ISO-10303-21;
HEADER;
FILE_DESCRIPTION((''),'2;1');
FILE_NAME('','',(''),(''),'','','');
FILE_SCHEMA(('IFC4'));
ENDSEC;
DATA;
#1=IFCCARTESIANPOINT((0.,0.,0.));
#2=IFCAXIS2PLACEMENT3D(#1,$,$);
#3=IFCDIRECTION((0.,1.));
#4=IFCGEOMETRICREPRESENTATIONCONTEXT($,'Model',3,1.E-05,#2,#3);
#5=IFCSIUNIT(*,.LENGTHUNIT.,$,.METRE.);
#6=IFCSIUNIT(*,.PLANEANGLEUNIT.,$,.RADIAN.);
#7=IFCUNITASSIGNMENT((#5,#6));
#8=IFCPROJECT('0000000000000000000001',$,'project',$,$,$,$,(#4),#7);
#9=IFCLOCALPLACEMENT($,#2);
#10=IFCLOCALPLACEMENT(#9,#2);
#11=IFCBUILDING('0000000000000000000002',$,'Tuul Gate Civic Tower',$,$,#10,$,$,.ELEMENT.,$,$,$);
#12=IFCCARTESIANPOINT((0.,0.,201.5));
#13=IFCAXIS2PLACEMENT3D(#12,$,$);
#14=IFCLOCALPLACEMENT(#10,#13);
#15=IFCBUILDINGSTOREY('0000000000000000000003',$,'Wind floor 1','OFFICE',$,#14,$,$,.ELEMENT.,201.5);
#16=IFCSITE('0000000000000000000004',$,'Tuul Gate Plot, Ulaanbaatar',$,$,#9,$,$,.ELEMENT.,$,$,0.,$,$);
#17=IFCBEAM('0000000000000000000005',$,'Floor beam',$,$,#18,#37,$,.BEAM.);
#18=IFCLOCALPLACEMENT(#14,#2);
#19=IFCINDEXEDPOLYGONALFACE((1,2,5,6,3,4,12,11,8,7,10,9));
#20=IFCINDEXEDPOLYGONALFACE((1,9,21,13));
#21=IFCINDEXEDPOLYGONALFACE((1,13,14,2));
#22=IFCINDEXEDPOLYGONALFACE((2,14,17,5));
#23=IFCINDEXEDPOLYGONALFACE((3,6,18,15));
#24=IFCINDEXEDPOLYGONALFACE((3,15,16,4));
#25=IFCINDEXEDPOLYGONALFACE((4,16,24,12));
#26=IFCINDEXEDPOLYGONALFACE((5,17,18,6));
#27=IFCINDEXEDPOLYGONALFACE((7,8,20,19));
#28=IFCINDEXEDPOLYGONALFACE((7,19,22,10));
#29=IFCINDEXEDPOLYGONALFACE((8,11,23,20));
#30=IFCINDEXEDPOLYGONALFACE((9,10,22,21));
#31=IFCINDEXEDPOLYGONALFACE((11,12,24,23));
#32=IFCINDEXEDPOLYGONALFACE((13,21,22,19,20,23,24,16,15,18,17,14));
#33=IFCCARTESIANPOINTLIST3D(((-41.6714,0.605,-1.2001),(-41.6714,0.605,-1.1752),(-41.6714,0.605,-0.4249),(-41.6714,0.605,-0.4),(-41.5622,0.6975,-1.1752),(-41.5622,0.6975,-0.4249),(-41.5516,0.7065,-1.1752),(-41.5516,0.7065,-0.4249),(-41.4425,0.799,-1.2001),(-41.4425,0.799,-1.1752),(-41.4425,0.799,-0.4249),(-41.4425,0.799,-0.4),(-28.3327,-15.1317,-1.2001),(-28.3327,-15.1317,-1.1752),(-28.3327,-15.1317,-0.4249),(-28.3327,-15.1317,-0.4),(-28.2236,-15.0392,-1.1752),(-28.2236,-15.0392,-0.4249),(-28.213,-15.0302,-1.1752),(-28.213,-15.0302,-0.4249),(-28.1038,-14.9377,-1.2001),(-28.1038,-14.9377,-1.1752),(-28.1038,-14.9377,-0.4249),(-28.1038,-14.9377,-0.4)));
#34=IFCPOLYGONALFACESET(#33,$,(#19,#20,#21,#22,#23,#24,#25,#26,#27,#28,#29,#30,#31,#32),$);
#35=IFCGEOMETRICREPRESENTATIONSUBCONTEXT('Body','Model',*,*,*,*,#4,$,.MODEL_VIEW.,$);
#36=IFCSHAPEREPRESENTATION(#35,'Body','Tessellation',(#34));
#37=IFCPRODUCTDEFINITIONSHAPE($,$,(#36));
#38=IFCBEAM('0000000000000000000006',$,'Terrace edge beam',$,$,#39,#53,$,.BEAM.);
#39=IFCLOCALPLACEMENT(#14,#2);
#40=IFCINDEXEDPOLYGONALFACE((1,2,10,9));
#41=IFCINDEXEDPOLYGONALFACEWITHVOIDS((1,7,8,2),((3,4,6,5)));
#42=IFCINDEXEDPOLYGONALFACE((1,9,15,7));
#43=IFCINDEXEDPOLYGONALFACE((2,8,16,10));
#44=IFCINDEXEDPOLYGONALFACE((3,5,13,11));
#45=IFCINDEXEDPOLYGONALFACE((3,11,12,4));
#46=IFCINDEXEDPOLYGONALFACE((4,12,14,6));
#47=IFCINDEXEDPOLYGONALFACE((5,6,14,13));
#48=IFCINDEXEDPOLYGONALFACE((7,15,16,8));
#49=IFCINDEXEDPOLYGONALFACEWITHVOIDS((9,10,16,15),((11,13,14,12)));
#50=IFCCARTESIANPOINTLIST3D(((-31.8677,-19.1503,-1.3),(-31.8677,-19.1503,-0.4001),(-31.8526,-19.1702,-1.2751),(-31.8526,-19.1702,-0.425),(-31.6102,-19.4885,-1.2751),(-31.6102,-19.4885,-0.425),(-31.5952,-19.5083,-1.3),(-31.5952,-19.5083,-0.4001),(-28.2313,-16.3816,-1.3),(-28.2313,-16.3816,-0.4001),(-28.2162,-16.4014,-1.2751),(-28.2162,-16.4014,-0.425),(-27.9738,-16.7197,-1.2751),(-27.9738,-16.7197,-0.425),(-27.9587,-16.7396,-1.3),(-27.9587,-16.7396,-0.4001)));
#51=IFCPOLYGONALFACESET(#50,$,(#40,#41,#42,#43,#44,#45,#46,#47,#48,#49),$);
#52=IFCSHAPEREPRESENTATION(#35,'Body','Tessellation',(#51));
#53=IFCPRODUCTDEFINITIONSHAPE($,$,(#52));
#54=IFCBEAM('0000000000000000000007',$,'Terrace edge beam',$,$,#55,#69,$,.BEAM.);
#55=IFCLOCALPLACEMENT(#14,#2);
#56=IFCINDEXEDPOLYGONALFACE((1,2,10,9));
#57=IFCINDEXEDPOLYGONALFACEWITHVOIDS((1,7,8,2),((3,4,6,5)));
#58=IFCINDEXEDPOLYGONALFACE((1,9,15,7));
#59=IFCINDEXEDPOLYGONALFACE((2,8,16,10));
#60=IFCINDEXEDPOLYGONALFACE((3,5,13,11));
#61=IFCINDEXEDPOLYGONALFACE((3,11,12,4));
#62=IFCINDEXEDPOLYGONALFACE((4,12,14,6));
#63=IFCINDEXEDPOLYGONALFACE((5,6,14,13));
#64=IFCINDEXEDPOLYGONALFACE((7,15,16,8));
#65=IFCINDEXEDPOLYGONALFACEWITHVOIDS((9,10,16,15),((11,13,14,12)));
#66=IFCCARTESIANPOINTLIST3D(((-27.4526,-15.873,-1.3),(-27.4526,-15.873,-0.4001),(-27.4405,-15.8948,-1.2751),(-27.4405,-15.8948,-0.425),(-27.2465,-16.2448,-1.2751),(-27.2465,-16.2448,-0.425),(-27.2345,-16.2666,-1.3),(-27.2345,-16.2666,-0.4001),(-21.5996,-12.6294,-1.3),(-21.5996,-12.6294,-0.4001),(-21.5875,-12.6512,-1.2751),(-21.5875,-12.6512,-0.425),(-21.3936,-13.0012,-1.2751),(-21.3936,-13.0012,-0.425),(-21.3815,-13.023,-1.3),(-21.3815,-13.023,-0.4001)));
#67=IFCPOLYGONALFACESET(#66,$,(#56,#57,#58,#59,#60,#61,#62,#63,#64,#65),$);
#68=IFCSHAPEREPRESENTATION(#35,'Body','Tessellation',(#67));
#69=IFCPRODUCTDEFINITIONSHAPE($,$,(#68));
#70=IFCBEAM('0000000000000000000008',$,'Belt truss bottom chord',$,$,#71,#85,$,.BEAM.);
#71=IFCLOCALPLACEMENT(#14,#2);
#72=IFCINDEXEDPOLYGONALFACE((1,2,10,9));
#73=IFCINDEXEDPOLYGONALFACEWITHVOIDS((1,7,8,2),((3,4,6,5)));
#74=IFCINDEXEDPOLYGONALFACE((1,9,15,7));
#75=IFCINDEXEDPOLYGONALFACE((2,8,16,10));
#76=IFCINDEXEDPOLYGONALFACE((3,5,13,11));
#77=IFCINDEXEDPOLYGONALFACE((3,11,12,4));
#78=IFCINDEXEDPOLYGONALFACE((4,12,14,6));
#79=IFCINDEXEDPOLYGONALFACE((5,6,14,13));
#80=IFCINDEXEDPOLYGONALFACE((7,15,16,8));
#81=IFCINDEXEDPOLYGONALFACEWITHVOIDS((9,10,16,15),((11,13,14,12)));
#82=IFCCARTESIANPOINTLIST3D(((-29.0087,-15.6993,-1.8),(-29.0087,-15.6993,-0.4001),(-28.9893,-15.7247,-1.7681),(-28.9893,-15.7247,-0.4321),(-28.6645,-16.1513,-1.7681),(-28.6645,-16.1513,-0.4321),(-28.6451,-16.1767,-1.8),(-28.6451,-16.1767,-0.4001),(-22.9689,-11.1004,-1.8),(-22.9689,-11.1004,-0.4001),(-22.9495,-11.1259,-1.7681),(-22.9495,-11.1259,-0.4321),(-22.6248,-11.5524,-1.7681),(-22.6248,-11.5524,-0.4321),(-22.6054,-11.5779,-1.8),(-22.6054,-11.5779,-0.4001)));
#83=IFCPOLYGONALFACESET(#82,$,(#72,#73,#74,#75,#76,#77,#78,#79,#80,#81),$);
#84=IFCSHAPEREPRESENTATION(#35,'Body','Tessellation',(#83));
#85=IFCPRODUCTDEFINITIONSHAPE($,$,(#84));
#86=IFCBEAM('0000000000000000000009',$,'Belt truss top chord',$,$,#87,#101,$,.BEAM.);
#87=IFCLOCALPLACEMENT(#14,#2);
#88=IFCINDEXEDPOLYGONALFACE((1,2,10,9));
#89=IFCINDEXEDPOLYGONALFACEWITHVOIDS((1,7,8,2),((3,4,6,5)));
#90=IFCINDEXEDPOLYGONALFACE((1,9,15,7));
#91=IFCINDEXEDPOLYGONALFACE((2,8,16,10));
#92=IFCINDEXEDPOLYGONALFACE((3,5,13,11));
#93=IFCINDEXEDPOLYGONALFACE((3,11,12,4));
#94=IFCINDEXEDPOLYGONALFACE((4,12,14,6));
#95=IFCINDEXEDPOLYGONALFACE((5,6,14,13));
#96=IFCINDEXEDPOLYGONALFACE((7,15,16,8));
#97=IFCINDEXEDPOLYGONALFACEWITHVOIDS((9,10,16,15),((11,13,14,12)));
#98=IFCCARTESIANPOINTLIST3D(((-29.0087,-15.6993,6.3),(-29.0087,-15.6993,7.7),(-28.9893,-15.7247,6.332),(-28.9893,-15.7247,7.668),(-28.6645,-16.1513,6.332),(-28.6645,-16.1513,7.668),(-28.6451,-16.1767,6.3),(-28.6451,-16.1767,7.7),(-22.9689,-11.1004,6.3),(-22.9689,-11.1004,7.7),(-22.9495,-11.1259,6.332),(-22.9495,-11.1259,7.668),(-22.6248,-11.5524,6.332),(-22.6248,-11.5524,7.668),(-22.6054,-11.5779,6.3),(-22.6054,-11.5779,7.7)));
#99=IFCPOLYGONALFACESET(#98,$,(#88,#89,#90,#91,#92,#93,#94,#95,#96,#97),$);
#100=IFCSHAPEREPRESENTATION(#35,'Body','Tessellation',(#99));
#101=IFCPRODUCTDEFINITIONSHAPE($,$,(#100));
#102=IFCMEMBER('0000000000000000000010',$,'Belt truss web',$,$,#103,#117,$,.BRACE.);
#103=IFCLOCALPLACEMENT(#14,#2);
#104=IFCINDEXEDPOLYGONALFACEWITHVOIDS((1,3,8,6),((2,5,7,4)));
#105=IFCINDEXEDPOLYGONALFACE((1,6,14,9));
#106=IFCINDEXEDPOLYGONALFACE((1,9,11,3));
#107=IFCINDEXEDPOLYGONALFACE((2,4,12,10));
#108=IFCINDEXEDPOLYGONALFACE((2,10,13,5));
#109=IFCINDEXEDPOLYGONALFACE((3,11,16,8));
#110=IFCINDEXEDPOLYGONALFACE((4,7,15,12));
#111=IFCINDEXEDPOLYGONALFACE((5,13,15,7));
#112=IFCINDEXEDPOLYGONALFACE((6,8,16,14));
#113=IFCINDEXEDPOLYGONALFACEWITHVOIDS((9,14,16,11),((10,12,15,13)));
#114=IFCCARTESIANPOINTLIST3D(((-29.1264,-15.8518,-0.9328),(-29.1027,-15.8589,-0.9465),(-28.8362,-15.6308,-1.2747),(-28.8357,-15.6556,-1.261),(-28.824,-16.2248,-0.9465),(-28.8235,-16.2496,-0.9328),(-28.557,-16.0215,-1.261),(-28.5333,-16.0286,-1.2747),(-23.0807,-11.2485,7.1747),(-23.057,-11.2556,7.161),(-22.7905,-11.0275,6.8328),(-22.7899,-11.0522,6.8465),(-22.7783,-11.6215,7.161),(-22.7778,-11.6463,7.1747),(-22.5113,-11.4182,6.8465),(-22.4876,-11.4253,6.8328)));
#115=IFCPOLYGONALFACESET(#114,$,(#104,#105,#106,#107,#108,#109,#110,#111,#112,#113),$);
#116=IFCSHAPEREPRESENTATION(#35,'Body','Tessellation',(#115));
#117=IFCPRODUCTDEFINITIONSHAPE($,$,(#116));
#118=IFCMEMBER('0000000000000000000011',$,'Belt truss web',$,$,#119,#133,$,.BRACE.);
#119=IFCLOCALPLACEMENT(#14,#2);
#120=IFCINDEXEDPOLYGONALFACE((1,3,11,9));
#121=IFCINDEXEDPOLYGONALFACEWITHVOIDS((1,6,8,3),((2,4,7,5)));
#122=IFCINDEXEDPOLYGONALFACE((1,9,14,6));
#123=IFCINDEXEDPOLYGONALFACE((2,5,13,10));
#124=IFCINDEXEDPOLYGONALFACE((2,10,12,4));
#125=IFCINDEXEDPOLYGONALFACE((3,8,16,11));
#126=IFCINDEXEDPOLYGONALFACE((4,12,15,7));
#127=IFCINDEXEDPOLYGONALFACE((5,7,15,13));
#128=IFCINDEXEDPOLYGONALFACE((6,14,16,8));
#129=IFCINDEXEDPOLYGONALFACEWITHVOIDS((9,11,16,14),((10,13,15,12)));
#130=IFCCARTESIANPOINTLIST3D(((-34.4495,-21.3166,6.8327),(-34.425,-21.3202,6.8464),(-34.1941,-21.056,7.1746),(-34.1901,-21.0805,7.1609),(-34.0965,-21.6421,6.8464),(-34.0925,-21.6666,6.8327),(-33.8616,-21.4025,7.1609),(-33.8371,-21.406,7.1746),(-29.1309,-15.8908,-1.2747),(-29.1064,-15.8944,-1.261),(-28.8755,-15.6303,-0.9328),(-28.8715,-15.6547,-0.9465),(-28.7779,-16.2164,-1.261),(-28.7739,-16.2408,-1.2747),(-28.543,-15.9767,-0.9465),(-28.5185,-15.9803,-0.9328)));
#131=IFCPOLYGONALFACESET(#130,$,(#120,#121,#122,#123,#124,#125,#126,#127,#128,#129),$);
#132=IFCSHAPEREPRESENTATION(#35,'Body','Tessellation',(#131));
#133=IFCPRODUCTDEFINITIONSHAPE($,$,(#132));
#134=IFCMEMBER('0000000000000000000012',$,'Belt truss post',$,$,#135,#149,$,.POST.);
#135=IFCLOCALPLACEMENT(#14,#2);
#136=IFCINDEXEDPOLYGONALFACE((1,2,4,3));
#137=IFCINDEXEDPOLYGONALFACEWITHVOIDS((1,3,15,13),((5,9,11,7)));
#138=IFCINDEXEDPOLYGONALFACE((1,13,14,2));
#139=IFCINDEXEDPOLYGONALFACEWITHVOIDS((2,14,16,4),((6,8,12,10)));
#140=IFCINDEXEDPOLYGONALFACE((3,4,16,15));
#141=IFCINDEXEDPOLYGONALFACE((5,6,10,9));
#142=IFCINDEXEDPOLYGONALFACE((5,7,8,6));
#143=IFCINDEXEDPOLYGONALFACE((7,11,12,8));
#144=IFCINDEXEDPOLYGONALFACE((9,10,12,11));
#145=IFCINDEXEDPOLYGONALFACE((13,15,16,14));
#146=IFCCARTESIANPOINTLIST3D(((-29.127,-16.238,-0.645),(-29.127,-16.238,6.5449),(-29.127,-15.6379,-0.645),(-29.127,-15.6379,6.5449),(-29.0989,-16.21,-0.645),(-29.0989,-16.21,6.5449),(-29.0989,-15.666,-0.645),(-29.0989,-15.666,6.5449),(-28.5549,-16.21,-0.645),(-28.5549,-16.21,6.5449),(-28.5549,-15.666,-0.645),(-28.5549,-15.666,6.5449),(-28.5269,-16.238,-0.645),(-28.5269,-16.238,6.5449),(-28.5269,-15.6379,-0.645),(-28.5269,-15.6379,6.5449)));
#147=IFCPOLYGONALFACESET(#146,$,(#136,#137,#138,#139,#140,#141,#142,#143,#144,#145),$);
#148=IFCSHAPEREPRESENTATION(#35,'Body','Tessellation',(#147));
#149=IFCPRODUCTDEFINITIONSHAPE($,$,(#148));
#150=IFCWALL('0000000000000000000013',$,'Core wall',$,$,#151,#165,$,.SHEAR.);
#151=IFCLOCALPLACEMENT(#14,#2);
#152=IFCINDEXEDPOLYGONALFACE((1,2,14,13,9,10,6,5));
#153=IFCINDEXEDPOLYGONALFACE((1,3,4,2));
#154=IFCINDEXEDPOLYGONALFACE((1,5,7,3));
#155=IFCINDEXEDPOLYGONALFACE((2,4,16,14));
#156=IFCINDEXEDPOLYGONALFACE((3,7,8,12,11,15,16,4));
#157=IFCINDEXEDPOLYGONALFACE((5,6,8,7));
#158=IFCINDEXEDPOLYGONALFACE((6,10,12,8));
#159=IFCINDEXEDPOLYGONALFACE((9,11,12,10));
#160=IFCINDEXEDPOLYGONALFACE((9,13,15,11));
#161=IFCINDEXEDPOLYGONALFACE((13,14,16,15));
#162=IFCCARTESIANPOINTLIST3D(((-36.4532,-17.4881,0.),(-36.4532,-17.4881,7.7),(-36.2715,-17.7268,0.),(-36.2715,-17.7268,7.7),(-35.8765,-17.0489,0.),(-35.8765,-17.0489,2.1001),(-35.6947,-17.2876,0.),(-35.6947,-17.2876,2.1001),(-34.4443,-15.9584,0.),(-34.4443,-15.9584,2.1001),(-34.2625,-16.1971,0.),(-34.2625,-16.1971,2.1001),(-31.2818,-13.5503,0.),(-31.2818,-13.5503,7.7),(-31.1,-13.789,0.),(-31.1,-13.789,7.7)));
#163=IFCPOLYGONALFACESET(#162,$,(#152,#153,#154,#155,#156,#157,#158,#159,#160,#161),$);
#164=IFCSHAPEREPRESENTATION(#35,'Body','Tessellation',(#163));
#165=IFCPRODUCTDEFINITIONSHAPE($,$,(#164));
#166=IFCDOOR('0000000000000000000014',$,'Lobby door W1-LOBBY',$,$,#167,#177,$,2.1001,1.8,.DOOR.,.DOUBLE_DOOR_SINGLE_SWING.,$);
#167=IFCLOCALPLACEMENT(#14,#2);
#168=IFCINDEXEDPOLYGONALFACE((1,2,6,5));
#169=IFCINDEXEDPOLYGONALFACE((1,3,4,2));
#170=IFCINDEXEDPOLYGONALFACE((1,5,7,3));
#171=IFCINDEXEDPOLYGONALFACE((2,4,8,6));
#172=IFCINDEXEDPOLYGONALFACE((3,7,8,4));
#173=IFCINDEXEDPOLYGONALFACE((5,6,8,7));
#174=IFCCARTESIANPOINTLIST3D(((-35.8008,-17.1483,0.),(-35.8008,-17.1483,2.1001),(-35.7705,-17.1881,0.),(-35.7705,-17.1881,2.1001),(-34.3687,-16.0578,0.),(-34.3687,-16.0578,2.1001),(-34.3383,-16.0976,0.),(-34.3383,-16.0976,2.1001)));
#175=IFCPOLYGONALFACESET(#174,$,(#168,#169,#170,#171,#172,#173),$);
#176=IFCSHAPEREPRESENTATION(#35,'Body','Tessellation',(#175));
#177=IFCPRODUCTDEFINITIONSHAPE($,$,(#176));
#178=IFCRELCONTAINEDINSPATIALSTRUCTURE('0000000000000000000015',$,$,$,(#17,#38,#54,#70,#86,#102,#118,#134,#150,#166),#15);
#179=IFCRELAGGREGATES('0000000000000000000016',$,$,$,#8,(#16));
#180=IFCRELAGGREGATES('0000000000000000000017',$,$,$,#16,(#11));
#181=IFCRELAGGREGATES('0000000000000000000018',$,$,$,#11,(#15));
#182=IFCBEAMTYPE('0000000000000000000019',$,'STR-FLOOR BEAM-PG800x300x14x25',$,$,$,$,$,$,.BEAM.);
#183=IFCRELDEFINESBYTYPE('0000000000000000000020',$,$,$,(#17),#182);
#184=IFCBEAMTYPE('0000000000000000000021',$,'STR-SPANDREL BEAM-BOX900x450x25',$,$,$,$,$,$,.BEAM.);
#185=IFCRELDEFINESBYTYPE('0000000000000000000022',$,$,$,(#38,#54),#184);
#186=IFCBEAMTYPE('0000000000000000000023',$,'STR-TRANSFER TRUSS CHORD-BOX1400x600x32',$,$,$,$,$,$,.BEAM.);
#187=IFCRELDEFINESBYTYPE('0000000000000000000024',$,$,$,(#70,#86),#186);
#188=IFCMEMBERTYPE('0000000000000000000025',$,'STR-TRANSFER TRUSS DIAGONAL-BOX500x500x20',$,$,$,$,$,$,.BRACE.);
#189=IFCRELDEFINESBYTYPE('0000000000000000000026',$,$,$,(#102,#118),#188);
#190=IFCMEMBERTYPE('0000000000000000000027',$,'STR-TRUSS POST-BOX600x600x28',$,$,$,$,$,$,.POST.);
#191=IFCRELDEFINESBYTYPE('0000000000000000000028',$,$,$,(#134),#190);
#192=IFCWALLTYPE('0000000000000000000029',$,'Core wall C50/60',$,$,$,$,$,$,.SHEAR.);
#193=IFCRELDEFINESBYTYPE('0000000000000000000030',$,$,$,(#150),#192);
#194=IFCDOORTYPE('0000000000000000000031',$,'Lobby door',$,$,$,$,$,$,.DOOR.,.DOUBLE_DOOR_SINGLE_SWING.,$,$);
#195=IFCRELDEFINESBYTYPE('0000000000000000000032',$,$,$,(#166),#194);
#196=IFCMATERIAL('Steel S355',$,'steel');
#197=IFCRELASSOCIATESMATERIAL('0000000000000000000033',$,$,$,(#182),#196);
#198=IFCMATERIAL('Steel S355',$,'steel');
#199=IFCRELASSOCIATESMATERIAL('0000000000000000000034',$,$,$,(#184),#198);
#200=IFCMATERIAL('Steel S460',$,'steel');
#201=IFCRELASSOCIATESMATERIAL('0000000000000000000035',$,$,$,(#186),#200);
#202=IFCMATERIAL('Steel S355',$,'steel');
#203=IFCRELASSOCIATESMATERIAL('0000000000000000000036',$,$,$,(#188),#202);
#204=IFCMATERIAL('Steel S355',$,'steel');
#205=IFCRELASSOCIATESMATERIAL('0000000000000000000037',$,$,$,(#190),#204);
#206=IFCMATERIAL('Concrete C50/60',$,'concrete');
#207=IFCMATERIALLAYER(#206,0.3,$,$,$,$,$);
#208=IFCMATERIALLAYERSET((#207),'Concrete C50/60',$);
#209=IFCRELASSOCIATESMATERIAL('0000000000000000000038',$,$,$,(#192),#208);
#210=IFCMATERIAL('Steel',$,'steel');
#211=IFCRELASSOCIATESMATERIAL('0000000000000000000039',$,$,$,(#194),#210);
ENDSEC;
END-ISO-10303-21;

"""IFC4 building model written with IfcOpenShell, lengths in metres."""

from ifc_helpers import new_model, si_unit, direction, frame, frame_2d, origin, origin_2d, place, context, subcontext, project, spatial, rectangle, hollow_rectangle, i_section, extrude, material, layer, layer_set, material_profile, profile_set, type_object, element, fill, save


model = new_model("IFC4")

# Units and contexts
model_context = context("Model", 3, precision=1e-05, world=origin(), true_north=direction((0.0, 1.0)))
body_context = subcontext(model_context, "Body", "Model", "MODEL_VIEW")
ifc_project = project(units=[si_unit("LENGTHUNIT", "METRE"), si_unit("PLANEANGLEUNIT", "RADIAN")], contexts=[model_context])

# Site, building, storey
site_placement = place(None, origin())
site = spatial("IfcSite", under=ifc_project, at=site_placement, Name="Tuul Gate Plot, Ulaanbaatar", CompositionType="ELEMENT", RefElevation=0.0)
building_placement = place(site_placement, origin())
building = spatial("IfcBuilding", under=site, at=building_placement, Name="Tuul Gate Civic Tower", CompositionType="ELEMENT")
storey_placement = place(building_placement, frame((0.0, 0.0, 201.5)))
storey = spatial("IfcBuildingStorey", under=building, at=storey_placement, Name="Wind floor 1", Description="OFFICE", CompositionType="ELEMENT", Elevation=201.5)

# Beams
ifc_material_1 = material(Name="Steel S355", Category="steel")
ifc_material_profile_1 = material_profile(ifc_material_1, i_section(OverallWidth=0.3, OverallDepth=0.8, WebThickness=0.0139, FlangeThickness=0.0249, at=origin_2d()), Name="PG800x300x14x25")
ifc_profile_set_1 = profile_set([ifc_material_profile_1], Name="Steel S355")
beam_type_1 = type_object("IfcBeamType", Name="STR-FLOOR BEAM-PG800x300x14x25", PredefinedType="BEAM", material=ifc_profile_set_1)
beam_1_placement = place(storey_placement, frame((-28.2183, -15.0347, -0.8), z_axis=(-0.646593, 0.762835, 0.0), x_axis=(-0.762835, -0.646593, 0.0)))
element("IfcBeam", 1, at=beam_1_placement, inside=storey, type_object=beam_type_1, Name="Floor beam", PredefinedType="BEAM", context=body_context, shape_type="SweptSolid", body=[
    extrude(i_section(OverallWidth=0.3, OverallDepth=0.8, WebThickness=0.0139, FlangeThickness=0.0249, at=origin_2d()), origin(), (0.0, 0.0, 1.0), 20.6292),
])
ifc_material_2 = material(Name="Steel S355", Category="steel")
ifc_material_profile_2 = material_profile(ifc_material_2, hollow_rectangle(XDim=0.45, YDim=0.8999, WallThickness=0.0249, at=origin_2d()), Name="BOX900x450x25")
ifc_profile_set_2 = profile_set([ifc_material_profile_2], Name="Steel S355")
beam_type_2 = type_object("IfcBeamType", Name="STR-SPANDREL BEAM-BOX900x450x25", PredefinedType="BEAM", material=ifc_profile_set_2)
beam_2_placement = place(storey_placement, frame((-31.7314, -19.3293, -0.8501), z_axis=(0.795627, 0.605787, 0.0), x_axis=(-0.605787, 0.795627, 0.0)))
element("IfcBeam", 2, at=beam_2_placement, inside=storey, type_object=beam_type_2, Name="Terrace edge beam", PredefinedType="BEAM", context=body_context, shape_type="SweptSolid", body=[
    extrude(hollow_rectangle(XDim=0.45, YDim=0.8999, WallThickness=0.0249, at=origin_2d()), origin(), (0.0, 0.0, 1.0), 4.5706),
])
beam_3_placement = place(storey_placement, frame((-27.3435, -16.0698, -0.8501), z_axis=(0.874666, 0.484726, 0.0), x_axis=(-0.484726, 0.874666, 0.0)))
element("IfcBeam", 3, at=beam_3_placement, inside=storey, type_object=beam_type_2, Name="Terrace edge beam", PredefinedType="BEAM", context=body_context, shape_type="SweptSolid", body=[
    extrude(hollow_rectangle(XDim=0.45, YDim=0.8999, WallThickness=0.0249, at=origin_2d()), origin(), (0.0, 0.0, 1.0), 6.6917),
])
ifc_material_3 = material(Name="Steel S460", Category="steel")
ifc_material_profile_3 = material_profile(ifc_material_3, hollow_rectangle(XDim=0.6001, YDim=1.3999, WallThickness=0.032, at=origin_2d()), Name="BOX1400x600x32")
ifc_profile_set_3 = profile_set([ifc_material_profile_3], Name="Steel S460")
beam_type_3 = type_object("IfcBeamType", Name="STR-TRANSFER TRUSS CHORD-BOX1400x600x32", PredefinedType="BEAM", material=ifc_profile_set_3)
for number, where, z_axis, x_axis, name in (
    (4, (-28.8269, -15.938, -1.1001), (0.795614, 0.605804, 0.0), (-0.605804, 0.795614, 0.0), "Belt truss bottom chord"),
    (5, (-28.8269, -15.938, 7.0), (0.795614, 0.605804, 0.0), (-0.605804, 0.795614, 0.0), "Belt truss top chord"),
):
    element("IfcBeam", number, at=place(storey_placement, frame(where, z_axis=z_axis, x_axis=x_axis)), inside=storey, type_object=beam_type_3, Name=name, PredefinedType="BEAM", context=body_context, shape_type="SweptSolid", body=[
        extrude(hollow_rectangle(XDim=0.6001, YDim=1.3999, WallThickness=0.032, at=origin_2d()), origin(), (0.0, 0.0, 1.0), 7.5913),
    ])

# Members
ifc_material_4 = material(Name="Steel S355", Category="steel")
ifc_material_profile_4 = material_profile(ifc_material_4, hollow_rectangle(XDim=0.5, YDim=0.5, WallThickness=0.02, at=origin_2d()), Name="BOX500x500x20")
ifc_profile_set_4 = profile_set([ifc_material_profile_4], Name="Steel S355")
member_type_1 = type_object("IfcMemberType", Name="STR-TRANSFER TRUSS DIAGONAL-BOX500x500x20", PredefinedType="BRACE", material=ifc_profile_set_4)
member_1_placement = place(storey_placement, frame((-28.8298, -15.9402, -1.1038), z_axis=(0.544079, 0.414272, 0.729628), x_axis=(-0.605798, 0.795618, 0.0)))
element("IfcMember", 6, at=member_1_placement, inside=storey, type_object=member_type_1, Name="Belt truss web", PredefinedType="BRACE", context=body_context, shape_type="SweptSolid", body=[
    extrude(hollow_rectangle(XDim=0.5, YDim=0.5, WallThickness=0.02, at=origin_2d()), origin(), (0.0, 0.0, 1.0), 11.1118),
])
member_2_placement = place(storey_placement, frame((-28.8247, -15.9355, -1.1038), z_axis=(-0.478674, -0.48832, 0.729668), x_axis=(0.714125, -0.700018, 0.0)))
element("IfcMember", 7, at=member_2_placement, inside=storey, type_object=member_type_1, Name="Belt truss web", PredefinedType="BRACE", context=body_context, shape_type="SweptSolid", body=[
    extrude(hollow_rectangle(XDim=0.5, YDim=0.5, WallThickness=0.02, at=origin_2d()), origin(), (0.0, 0.0, 1.0), 11.1111),
])
ifc_material_5 = material(Name="Steel S355", Category="steel")
ifc_material_profile_5 = material_profile(ifc_material_5, hollow_rectangle(XDim=0.6001, YDim=0.6001, WallThickness=0.0281, at=origin_2d()), Name="BOX600x600x28")
ifc_profile_set_5 = profile_set([ifc_material_profile_5], Name="Steel S355")
member_type_2 = type_object("IfcMemberType", Name="STR-TRUSS POST-BOX600x600x28", PredefinedType="POST", material=ifc_profile_set_5)
member_3_placement = place(storey_placement, frame((-28.8269, -15.938, -0.645), z_axis=(0.0, 0.0, 1.0), x_axis=(1.0, 0.0, 0.0)))
element("IfcMember", 8, at=member_3_placement, inside=storey, type_object=member_type_2, Name="Belt truss post", PredefinedType="POST", context=body_context, shape_type="SweptSolid", body=[
    extrude(hollow_rectangle(XDim=0.6001, YDim=0.6001, WallThickness=0.0281, at=origin_2d()), origin(), (0.0, 0.0, 1.0), 7.1899),
])

# Wall, opening, door
ifc_material_6 = material(Name="Concrete C50/60", Category="concrete")
ifc_layer_1 = layer(ifc_material_6, 0.3)
ifc_layer_set_1 = layer_set([ifc_layer_1], Name="Concrete C50/60")
wall_type_1 = type_object("IfcWallType", Name="Core wall C50/60", PredefinedType="SHEAR", material=ifc_layer_set_1)
wall_1_placement = place(storey_placement, frame((-31.1909, -13.6697, 0.0), z_axis=(0.0, 0.0, 1.0), x_axis=(-0.795607, -0.605813, 0.0)))
wall_1 = element("IfcWall", 9, at=wall_1_placement, inside=storey, type_object=wall_type_1, Name="Core wall", PredefinedType="SHEAR", context=body_context, shape_type="SweptSolid", body=[
    extrude(rectangle(XDim=6.5, YDim=0.3, at=frame_2d((3.25, 0.0))), origin(), (0.0, 0.0, 1.0), 7.7),
])
opening_1_placement = place(wall_1_placement, frame((3.9751, 0.0, 0.0)))
opening_1 = element("IfcOpeningElement", 10, at=opening_1_placement, cuts=wall_1, PredefinedType="OPENING", context=body_context, shape_type="SweptSolid", body=[
    extrude(rectangle(XDim=1.8, YDim=2.1001, at=frame_2d((0.8999, 1.05))), frame((0.0, 0.1602, 0.0), z_axis=(0.0, -1.0, 0.0), x_axis=(1.0, 0.0, 0.0)), (0.0, 0.0, 1.0), 0.3201),
])
ifc_material_7 = material(Name="Steel", Category="steel")
door_type_1 = type_object("IfcDoorType", Name="Lobby door", OperationType="DOUBLE_DOOR_SINGLE_SWING", PredefinedType="DOOR", material=ifc_material_7)
door_1_placement = place(opening_1_placement, origin())
door_1 = element("IfcDoor", 11, at=door_1_placement, inside=storey, type_object=door_type_1, Name="Lobby door W1-LOBBY", OperationType="DOUBLE_DOOR_SINGLE_SWING", OverallHeight=2.1001, OverallWidth=1.8, PredefinedType="DOOR", context=body_context, shape_type="SweptSolid", body=[
    extrude(rectangle(XDim=1.8, YDim=2.1001, at=frame_2d((0.8999, 1.05))), frame((0.0, 0.0249, 0.0), z_axis=(0.0, -1.0, 0.0), x_axis=(1.0, 0.0, 0.0)), (0.0, 0.0, 1.0), 0.05),
])
fill(opening_1, door_1)

save(model, "model.ifc")
